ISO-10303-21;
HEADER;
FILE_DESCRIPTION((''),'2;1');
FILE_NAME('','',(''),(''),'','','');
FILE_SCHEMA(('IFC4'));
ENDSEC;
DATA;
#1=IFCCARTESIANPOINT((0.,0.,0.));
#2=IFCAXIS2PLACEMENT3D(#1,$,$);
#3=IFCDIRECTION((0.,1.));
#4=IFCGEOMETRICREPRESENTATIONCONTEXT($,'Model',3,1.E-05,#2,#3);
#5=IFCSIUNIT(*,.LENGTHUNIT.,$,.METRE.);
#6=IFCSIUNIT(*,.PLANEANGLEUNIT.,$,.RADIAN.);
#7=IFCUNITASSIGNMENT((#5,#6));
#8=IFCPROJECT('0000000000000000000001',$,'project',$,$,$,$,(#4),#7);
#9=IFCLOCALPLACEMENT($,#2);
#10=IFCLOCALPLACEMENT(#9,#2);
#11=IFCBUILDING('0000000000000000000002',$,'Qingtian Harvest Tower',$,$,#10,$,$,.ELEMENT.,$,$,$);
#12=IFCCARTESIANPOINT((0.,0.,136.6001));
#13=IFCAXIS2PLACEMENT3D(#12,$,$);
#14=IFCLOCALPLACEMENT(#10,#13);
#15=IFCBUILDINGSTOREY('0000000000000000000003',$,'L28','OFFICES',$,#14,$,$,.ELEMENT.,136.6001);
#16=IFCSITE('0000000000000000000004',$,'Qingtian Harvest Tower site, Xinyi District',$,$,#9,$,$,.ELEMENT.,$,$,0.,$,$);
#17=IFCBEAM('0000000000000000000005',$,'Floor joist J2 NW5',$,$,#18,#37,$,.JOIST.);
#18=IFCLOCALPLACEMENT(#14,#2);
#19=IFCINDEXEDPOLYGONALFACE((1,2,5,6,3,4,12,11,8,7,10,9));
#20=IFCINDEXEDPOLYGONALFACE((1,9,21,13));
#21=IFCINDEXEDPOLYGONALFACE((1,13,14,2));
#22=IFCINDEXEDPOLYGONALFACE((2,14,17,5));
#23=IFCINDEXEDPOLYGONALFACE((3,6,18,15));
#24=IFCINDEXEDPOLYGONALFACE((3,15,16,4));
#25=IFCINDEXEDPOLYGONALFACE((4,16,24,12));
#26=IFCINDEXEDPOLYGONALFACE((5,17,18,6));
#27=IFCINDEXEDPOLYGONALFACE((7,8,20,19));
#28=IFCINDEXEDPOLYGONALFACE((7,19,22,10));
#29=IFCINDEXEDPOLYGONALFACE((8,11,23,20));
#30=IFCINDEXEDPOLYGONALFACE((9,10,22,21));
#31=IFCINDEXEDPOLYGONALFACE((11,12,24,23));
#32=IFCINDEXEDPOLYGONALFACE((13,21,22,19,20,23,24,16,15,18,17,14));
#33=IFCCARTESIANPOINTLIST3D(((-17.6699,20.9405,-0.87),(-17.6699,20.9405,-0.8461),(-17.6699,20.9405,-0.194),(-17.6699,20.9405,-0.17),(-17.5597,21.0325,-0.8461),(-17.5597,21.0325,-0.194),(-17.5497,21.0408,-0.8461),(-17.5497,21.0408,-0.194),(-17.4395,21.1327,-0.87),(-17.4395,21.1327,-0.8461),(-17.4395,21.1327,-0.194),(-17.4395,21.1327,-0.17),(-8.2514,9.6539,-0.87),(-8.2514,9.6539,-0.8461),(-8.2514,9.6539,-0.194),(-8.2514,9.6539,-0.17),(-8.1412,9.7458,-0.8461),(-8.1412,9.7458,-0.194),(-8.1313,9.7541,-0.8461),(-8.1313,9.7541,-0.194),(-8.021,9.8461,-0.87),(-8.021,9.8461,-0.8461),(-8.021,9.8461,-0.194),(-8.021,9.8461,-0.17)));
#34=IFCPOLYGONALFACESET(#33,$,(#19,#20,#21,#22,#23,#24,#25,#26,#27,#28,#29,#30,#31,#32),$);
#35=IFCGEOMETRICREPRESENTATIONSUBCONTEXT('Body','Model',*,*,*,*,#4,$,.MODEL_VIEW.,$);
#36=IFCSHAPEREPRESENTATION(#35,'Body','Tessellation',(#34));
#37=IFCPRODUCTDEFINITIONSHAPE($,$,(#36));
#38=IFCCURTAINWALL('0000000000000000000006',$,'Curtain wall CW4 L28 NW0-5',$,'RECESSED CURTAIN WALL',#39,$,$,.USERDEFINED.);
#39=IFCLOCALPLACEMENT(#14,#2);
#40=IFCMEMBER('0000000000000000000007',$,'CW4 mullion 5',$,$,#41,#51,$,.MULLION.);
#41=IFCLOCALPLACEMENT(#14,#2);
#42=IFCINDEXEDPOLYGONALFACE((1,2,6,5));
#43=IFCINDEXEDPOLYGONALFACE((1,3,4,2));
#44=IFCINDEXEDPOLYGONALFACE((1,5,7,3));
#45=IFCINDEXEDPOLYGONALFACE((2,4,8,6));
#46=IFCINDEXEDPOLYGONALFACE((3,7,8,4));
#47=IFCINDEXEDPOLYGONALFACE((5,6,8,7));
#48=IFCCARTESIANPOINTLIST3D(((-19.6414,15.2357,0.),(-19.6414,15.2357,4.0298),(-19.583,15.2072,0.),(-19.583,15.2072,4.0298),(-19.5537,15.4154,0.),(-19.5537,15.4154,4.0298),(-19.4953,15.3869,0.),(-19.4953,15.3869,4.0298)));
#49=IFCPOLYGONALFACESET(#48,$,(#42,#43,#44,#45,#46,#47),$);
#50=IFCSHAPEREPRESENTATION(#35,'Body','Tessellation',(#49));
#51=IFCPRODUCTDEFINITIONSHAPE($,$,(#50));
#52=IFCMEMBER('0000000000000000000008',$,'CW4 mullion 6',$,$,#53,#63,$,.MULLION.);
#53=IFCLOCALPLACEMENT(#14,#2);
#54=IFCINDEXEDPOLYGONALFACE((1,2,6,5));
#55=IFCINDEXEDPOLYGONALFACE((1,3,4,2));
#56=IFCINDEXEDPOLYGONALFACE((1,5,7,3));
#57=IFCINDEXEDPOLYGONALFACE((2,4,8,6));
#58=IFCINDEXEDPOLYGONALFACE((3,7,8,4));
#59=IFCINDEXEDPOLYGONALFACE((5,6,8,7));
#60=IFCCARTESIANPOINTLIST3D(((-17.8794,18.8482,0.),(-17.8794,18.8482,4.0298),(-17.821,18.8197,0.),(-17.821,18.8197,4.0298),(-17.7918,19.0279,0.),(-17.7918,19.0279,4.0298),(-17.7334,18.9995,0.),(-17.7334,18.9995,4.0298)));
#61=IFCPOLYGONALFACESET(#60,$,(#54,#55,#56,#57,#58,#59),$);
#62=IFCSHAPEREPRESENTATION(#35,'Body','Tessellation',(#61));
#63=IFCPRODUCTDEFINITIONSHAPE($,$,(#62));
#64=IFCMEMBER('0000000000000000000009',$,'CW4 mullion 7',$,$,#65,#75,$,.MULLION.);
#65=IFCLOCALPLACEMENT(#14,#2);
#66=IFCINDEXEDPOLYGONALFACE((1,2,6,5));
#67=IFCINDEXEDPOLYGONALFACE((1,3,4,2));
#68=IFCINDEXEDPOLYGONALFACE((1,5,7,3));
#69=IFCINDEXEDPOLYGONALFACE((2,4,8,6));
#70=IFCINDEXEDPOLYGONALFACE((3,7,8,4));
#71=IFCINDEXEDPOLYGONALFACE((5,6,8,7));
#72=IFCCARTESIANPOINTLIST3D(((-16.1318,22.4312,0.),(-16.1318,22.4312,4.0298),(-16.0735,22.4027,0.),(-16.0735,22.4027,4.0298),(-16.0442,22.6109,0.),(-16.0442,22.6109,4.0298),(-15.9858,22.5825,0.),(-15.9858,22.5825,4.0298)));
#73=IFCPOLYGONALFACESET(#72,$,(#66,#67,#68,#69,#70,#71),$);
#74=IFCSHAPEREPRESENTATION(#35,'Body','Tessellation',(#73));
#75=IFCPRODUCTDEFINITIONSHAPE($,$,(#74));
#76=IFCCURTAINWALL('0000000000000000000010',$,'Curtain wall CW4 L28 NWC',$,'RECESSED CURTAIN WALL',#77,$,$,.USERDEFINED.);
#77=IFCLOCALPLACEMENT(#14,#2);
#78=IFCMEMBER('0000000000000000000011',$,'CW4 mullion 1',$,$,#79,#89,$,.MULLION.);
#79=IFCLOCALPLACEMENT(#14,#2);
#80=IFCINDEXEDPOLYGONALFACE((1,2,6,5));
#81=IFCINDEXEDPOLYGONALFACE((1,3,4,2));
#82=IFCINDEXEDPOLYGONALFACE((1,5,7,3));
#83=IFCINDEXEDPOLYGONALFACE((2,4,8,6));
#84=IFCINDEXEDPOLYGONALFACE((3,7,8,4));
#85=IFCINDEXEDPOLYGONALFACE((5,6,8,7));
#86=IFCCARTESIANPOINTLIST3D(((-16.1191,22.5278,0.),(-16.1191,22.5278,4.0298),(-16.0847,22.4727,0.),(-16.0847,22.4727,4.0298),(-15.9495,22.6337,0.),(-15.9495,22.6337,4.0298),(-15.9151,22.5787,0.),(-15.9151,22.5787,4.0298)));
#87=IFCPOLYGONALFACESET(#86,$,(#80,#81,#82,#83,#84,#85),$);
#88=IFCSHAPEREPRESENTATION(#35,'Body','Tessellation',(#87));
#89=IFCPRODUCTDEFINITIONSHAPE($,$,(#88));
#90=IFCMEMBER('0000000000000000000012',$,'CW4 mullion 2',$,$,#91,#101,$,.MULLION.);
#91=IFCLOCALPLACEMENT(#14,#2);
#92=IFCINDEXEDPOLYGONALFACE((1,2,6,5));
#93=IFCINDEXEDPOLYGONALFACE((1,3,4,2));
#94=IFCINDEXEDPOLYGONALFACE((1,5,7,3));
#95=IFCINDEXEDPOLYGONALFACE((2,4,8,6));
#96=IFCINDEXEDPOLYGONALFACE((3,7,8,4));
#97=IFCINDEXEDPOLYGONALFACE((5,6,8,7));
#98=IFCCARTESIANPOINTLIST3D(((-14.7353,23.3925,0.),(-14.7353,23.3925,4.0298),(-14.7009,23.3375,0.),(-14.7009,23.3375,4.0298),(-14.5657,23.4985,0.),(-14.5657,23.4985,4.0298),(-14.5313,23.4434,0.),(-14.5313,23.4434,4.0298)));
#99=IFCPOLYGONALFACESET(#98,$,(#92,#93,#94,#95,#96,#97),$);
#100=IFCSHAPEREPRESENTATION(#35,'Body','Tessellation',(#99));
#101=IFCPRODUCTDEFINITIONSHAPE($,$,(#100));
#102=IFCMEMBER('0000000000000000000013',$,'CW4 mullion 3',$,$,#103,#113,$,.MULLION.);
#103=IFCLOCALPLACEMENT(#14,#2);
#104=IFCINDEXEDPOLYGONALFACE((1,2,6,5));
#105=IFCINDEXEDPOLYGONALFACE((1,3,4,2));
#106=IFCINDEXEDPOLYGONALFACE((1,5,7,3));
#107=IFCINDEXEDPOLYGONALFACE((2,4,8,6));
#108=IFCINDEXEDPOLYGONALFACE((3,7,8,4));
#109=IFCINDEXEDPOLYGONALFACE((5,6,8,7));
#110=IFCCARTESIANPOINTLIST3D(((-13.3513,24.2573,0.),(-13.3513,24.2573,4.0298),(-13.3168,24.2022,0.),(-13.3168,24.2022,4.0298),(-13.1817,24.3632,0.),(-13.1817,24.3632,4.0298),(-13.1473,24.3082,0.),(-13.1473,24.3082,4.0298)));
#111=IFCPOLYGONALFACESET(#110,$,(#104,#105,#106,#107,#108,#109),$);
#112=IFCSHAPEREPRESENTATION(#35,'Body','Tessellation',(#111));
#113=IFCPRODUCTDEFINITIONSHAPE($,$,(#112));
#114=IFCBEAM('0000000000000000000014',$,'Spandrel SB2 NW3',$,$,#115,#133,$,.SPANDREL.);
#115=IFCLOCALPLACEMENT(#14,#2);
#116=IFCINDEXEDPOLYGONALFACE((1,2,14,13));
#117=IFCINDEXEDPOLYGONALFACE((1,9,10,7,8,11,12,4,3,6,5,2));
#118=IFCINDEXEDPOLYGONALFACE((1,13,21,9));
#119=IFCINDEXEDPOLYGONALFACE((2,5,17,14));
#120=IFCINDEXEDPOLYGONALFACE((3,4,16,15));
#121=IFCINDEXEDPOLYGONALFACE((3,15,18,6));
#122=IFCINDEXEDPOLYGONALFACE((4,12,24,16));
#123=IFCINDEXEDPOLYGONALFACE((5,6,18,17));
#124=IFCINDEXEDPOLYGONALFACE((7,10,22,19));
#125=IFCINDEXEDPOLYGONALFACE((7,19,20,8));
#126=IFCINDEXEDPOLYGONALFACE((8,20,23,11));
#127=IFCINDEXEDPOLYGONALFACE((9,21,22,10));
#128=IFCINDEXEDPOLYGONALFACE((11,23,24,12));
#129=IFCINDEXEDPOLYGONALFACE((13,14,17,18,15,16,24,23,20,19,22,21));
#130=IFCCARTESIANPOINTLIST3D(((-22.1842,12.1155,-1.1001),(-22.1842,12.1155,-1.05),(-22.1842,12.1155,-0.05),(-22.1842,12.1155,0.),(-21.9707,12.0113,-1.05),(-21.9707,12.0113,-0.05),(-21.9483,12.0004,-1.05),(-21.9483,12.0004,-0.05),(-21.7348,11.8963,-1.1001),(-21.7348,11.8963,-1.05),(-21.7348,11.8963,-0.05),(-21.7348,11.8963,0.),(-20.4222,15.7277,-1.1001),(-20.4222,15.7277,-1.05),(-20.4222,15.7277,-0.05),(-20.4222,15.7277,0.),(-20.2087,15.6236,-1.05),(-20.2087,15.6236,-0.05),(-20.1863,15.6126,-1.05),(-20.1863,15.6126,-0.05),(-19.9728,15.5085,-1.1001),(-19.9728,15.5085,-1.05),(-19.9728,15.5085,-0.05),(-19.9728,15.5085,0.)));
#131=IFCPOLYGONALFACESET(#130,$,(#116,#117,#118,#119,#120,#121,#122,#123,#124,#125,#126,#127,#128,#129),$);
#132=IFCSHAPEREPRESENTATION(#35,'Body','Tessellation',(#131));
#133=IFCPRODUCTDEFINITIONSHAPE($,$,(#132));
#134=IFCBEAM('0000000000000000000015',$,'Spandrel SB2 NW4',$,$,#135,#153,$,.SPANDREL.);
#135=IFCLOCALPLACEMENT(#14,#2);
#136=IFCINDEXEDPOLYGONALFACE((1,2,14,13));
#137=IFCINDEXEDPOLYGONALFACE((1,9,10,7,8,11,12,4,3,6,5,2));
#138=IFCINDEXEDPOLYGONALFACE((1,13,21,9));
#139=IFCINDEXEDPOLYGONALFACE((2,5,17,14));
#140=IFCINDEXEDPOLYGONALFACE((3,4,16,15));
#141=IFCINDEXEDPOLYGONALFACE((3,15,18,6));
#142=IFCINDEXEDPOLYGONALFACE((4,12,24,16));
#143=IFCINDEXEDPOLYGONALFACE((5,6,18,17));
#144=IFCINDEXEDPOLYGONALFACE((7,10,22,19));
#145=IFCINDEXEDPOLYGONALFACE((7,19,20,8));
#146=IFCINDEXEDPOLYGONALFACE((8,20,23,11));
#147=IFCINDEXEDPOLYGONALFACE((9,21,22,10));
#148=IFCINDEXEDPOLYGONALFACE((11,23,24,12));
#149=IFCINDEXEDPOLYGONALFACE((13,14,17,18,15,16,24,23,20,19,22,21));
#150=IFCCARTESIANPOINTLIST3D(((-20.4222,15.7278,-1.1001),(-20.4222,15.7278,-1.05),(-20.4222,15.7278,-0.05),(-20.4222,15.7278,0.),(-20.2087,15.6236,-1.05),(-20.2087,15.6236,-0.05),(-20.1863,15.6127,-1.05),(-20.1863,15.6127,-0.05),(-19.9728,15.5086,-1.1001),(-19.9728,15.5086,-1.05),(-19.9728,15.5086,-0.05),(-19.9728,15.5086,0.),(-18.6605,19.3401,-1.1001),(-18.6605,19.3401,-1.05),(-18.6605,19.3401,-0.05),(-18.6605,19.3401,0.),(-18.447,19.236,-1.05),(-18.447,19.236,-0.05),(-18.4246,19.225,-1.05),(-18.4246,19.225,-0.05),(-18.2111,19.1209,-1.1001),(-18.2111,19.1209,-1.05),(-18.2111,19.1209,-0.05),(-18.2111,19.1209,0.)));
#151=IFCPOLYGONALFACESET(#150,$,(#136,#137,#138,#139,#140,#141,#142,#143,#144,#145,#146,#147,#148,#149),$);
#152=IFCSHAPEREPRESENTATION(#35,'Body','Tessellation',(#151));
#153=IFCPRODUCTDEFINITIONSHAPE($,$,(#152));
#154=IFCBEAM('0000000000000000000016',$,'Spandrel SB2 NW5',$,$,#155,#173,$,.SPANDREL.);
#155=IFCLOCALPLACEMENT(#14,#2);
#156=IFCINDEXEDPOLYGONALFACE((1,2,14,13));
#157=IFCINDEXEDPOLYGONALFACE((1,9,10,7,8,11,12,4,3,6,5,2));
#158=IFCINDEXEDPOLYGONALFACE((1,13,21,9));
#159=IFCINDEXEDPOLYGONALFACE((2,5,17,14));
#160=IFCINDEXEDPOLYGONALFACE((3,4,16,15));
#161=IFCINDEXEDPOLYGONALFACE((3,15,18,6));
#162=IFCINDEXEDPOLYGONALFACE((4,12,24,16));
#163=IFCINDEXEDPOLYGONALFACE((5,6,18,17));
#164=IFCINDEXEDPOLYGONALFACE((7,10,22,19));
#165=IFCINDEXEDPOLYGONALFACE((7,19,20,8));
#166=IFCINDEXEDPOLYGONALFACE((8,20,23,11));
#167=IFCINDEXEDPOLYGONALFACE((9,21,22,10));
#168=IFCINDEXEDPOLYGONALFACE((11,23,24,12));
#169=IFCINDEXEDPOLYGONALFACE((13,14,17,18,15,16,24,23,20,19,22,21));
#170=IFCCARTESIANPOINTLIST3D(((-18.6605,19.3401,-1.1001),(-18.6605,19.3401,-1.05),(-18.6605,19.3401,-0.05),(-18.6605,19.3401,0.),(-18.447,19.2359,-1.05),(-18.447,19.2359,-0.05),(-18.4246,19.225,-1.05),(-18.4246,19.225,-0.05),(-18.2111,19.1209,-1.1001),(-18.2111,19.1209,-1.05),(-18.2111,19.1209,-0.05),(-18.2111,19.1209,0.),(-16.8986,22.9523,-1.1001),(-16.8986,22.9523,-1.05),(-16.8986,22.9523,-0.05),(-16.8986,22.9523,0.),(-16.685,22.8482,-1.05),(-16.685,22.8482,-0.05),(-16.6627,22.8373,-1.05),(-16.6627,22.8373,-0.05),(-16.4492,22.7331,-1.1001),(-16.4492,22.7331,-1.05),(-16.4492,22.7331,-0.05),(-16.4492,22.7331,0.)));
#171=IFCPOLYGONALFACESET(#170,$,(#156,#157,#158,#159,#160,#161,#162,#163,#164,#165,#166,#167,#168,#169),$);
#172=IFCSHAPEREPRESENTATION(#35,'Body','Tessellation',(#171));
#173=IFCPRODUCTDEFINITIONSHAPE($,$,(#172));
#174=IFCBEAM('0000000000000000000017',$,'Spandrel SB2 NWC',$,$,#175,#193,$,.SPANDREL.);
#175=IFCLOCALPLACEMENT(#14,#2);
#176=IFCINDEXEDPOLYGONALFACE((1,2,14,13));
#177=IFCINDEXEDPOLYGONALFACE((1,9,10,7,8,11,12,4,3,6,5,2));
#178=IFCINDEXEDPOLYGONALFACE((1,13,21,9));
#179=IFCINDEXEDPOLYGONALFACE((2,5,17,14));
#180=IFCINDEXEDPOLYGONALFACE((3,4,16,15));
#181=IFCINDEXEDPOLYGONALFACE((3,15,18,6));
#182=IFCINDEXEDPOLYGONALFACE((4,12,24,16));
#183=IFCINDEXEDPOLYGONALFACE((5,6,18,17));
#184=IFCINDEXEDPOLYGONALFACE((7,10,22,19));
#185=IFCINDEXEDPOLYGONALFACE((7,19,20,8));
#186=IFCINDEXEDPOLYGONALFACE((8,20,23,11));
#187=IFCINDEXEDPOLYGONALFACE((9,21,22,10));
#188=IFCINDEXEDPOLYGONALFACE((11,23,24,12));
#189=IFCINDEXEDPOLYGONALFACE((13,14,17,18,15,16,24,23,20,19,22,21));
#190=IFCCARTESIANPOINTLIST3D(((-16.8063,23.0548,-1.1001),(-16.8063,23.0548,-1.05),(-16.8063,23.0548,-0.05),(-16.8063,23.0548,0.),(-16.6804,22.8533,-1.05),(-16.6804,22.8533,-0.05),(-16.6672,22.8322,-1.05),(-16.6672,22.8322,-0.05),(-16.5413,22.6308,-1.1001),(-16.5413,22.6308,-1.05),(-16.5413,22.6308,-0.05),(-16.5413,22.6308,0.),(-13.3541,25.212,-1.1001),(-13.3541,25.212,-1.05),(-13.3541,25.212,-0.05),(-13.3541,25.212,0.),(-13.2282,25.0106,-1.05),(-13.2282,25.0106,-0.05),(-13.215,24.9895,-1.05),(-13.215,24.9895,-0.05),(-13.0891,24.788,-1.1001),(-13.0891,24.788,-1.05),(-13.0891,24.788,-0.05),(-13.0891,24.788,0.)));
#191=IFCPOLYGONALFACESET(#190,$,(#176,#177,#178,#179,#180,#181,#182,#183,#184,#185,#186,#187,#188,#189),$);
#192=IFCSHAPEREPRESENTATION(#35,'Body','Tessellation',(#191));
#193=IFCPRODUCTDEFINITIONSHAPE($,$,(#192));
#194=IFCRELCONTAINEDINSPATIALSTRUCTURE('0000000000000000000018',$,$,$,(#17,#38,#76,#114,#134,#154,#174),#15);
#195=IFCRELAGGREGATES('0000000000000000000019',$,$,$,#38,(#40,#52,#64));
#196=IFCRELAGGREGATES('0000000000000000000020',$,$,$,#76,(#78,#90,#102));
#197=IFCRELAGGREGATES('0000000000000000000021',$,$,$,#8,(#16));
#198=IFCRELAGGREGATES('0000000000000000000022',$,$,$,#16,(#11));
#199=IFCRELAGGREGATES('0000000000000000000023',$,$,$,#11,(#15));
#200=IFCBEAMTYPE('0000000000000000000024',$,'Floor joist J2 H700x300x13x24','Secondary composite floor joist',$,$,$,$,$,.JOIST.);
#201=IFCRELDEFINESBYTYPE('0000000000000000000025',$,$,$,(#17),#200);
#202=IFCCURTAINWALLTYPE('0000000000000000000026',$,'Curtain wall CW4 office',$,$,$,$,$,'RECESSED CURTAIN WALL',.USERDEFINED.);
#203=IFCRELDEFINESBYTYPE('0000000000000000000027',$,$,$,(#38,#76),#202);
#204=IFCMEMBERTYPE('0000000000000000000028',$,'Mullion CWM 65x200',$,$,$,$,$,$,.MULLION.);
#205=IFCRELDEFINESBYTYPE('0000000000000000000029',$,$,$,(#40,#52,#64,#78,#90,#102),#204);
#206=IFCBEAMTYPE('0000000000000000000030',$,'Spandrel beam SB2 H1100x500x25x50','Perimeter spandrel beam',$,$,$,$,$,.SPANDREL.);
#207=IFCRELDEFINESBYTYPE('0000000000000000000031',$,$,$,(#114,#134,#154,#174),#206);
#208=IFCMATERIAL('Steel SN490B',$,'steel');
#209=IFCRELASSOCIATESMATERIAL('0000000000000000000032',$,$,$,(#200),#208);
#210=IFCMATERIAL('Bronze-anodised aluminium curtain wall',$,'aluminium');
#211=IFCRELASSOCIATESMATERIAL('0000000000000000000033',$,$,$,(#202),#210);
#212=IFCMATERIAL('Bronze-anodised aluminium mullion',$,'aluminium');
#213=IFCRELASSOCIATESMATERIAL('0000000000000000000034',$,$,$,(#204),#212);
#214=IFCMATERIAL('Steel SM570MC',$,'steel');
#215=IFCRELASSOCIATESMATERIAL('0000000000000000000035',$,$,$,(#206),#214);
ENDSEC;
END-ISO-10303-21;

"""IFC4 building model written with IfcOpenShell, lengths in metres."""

from ifc_helpers import new_model, si_unit, direction, frame, origin, origin_2d, place, context, subcontext, project, spatial, rectangle, i_section, extrude, material, material_profile, profile_set, type_object, element, aggregate, save


model = new_model("IFC4")

# Units and contexts
model_context = context("Model", 3, precision=1e-05, world=origin(), true_north=direction((0.0, 1.0)))
body_context = subcontext(model_context, "Body", "Model", "MODEL_VIEW")
ifc_project = project(units=[si_unit("LENGTHUNIT", "METRE"), si_unit("PLANEANGLEUNIT", "RADIAN")], contexts=[model_context])

# Site, building, storey
site_placement = place(None, origin())
site = spatial("IfcSite", under=ifc_project, at=site_placement, Name="Qingtian Harvest Tower site, Xinyi District", CompositionType="ELEMENT", RefElevation=0.0)
building_placement = place(site_placement, origin())
building = spatial("IfcBuilding", under=site, at=building_placement, Name="Qingtian Harvest Tower", CompositionType="ELEMENT")
storey_placement = place(building_placement, frame((0.0, 0.0, 136.6001)))
storey = spatial("IfcBuildingStorey", under=building, at=storey_placement, Name="L28", Description="OFFICES", CompositionType="ELEMENT", Elevation=136.6001)

# Beam
ifc_material_1 = material(Name="Steel SN490B", Category="steel")
ifc_material_profile_1 = material_profile(ifc_material_1, i_section(OverallWidth=0.3, OverallDepth=0.7, WebThickness=0.0129, FlangeThickness=0.0239, at=origin_2d()), Name="H700x300x13x24")
ifc_profile_set_1 = profile_set([ifc_material_profile_1], Name="Steel SN490B")
beam_type_1 = type_object("IfcBeamType", Name="Floor joist J2 H700x300x13x24", Description="Secondary composite floor joist", PredefinedType="JOIST", material=ifc_profile_set_1)
beam_1_placement = place(storey_placement, frame((-17.5547, 21.0366, -0.52), z_axis=(0.640704, -0.767788, 0.0), x_axis=(0.767788, 0.640704, 0.0)))
element("IfcBeam", 1, at=beam_1_placement, inside=storey, type_object=beam_type_1, Name="Floor joist J2 NW5", PredefinedType="JOIST", context=body_context, shape_type="SweptSolid", body=[
    extrude(i_section(OverallWidth=0.3, OverallDepth=0.7, WebThickness=0.0129, FlangeThickness=0.0239, at=origin_2d()), origin(), (0.0, 0.0, 1.0), 14.7002),
])

# Curtain walls, members
ifc_material_2 = material(Name="Bronze-anodised aluminium curtain wall", Category="aluminium")
curtain_wall_type = type_object("IfcCurtainWallType", Name="Curtain wall CW4 office", ElementType="RECESSED CURTAIN WALL", PredefinedType="USERDEFINED", material=ifc_material_2)
curtain_wall_1_placement = place(storey_placement, origin())
curtain_wall_1 = element("IfcCurtainWall", 2, at=curtain_wall_1_placement, inside=storey, type_object=curtain_wall_type, Name="Curtain wall CW4 L28 NW0-5", ObjectType="RECESSED CURTAIN WALL", PredefinedType="USERDEFINED")
ifc_material_3 = material(Name="Bronze-anodised aluminium mullion", Category="aluminium")
ifc_material_profile_2 = material_profile(ifc_material_3, rectangle(XDim=0.0649, YDim=0.2, at=origin_2d()), Name="AL 65x200")
ifc_profile_set_2 = profile_set([ifc_material_profile_2], Name="Bronze-anodised aluminium mullion")
member_type_1 = type_object("IfcMemberType", Name="Mullion CWM 65x200", PredefinedType="MULLION", material=ifc_profile_set_2)
member_1_placement = place(storey_placement, frame((-19.5684, 15.3113, 0.0), z_axis=(0.0, 0.0, 1.0), x_axis=(-0.898794, 0.438371, 0.0)))
member_1 = element("IfcMember", 3, at=member_1_placement, type_object=member_type_1, Name="CW4 mullion 5", PredefinedType="MULLION", context=body_context, shape_type="SweptSolid", body=[
    extrude(rectangle(XDim=0.0649, YDim=0.2, at=origin_2d()), origin(), (0.0, 0.0, 1.0), 4.0298),
])
member_2_placement = place(storey_placement, frame((-17.8064, 18.9238, 0.0), z_axis=(0.0, 0.0, 1.0), x_axis=(-0.898794, 0.438371, 0.0)))
member_2 = element("IfcMember", 4, at=member_2_placement, type_object=member_type_1, Name="CW4 mullion 6", PredefinedType="MULLION", context=body_context, shape_type="SweptSolid", body=[
    extrude(rectangle(XDim=0.0649, YDim=0.2, at=origin_2d()), origin(), (0.0, 0.0, 1.0), 4.0298),
])
member_3_placement = place(storey_placement, frame((-16.0588, 22.5068, 0.0), z_axis=(0.0, 0.0, 1.0), x_axis=(-0.898794, 0.438371, 0.0)))
member_3 = element("IfcMember", 5, at=member_3_placement, type_object=member_type_1, Name="CW4 mullion 7", PredefinedType="MULLION", context=body_context, shape_type="SweptSolid", body=[
    extrude(rectangle(XDim=0.0649, YDim=0.2, at=origin_2d()), origin(), (0.0, 0.0, 1.0), 4.0298),
])
curtain_wall_2_placement = place(storey_placement, origin())
curtain_wall_2 = element("IfcCurtainWall", 6, at=curtain_wall_2_placement, inside=storey, type_object=curtain_wall_type, Name="Curtain wall CW4 L28 NWC", ObjectType="RECESSED CURTAIN WALL", PredefinedType="USERDEFINED")
member_4_placement = place(storey_placement, frame((-16.0171, 22.5532, 0.0), z_axis=(0.0, 0.0, 1.0), x_axis=(-0.529919, 0.848048, 0.0)))
member_4 = element("IfcMember", 7, at=member_4_placement, type_object=member_type_1, Name="CW4 mullion 1", PredefinedType="MULLION", context=body_context, shape_type="SweptSolid", body=[
    extrude(rectangle(XDim=0.0649, YDim=0.2, at=origin_2d()), origin(), (0.0, 0.0, 1.0), 4.0298),
])
member_5_placement = place(storey_placement, frame((-14.6333, 23.418, 0.0), z_axis=(0.0, 0.0, 1.0), x_axis=(-0.529919, 0.848048, 0.0)))
member_5 = element("IfcMember", 8, at=member_5_placement, type_object=member_type_1, Name="CW4 mullion 2", PredefinedType="MULLION", context=body_context, shape_type="SweptSolid", body=[
    extrude(rectangle(XDim=0.0649, YDim=0.2, at=origin_2d()), origin(), (0.0, 0.0, 1.0), 4.0298),
])
member_6_placement = place(storey_placement, frame((-13.2493, 24.2827, 0.0), z_axis=(0.0, 0.0, 1.0), x_axis=(-0.529919, 0.848048, 0.0)))
member_6 = element("IfcMember", 9, at=member_6_placement, type_object=member_type_1, Name="CW4 mullion 3", PredefinedType="MULLION", context=body_context, shape_type="SweptSolid", body=[
    extrude(rectangle(XDim=0.0649, YDim=0.2, at=origin_2d()), origin(), (0.0, 0.0, 1.0), 4.0298),
])

# Beams
ifc_material_4 = material(Name="Steel SM570MC", Category="steel")
ifc_material_profile_3 = material_profile(ifc_material_4, i_section(OverallWidth=0.5, OverallDepth=1.1001, WebThickness=0.0249, FlangeThickness=0.05, at=origin_2d()), Name="H1100x500x25x50")
ifc_profile_set_3 = profile_set([ifc_material_profile_3], Name="Steel SM570MC")
beam_type_2 = type_object("IfcBeamType", Name="Spandrel beam SB2 H1100x500x25x50", Description="Perimeter spandrel beam", PredefinedType="SPANDREL", material=ifc_profile_set_3)
for number, where, z_axis, x_axis, name in (
    (10, (-21.9595, 12.0059, -0.55), (0.438396, 0.898782, 0.0), (-0.898782, 0.438396, 0.0), "Spandrel SB2 NW3"),
    (11, (-20.1975, 15.6182, -0.55), (0.438347, 0.898806, 0.0), (-0.898806, 0.438347, 0.0), "Spandrel SB2 NW4"),
    (12, (-18.4358, 19.2305, -0.55), (0.438396, 0.898782, 0.0), (-0.898782, 0.438396, 0.0), "Spandrel SB2 NW5"),
):
    element("IfcBeam", number, at=place(storey_placement, frame(where, z_axis=z_axis, x_axis=x_axis)), inside=storey, type_object=beam_type_2, Name=name, PredefinedType="SPANDREL", context=body_context, shape_type="SweptSolid", body=[
        extrude(i_section(OverallWidth=0.5, OverallDepth=1.1001, WebThickness=0.0249, FlangeThickness=0.05, at=origin_2d()), origin(), (0.0, 0.0, 1.0), 4.019),
    ])
beam_2_placement = place(storey_placement, frame((-16.6738, 22.8428, -0.55), z_axis=(0.848039, 0.529934, 0.0), x_axis=(-0.529934, 0.848039, 0.0)))
element("IfcBeam", 13, at=beam_2_placement, inside=storey, type_object=beam_type_2, Name="Spandrel SB2 NWC", PredefinedType="SPANDREL", context=body_context, shape_type="SweptSolid", body=[
    extrude(i_section(OverallWidth=0.5, OverallDepth=1.1001, WebThickness=0.0249, FlangeThickness=0.05, at=origin_2d()), origin(), (0.0, 0.0, 1.0), 4.0708),
])

aggregate(curtain_wall_1, [member_1, member_2, member_3])
aggregate(curtain_wall_2, [member_4, member_5, member_6])

save(model, "model.ifc")
